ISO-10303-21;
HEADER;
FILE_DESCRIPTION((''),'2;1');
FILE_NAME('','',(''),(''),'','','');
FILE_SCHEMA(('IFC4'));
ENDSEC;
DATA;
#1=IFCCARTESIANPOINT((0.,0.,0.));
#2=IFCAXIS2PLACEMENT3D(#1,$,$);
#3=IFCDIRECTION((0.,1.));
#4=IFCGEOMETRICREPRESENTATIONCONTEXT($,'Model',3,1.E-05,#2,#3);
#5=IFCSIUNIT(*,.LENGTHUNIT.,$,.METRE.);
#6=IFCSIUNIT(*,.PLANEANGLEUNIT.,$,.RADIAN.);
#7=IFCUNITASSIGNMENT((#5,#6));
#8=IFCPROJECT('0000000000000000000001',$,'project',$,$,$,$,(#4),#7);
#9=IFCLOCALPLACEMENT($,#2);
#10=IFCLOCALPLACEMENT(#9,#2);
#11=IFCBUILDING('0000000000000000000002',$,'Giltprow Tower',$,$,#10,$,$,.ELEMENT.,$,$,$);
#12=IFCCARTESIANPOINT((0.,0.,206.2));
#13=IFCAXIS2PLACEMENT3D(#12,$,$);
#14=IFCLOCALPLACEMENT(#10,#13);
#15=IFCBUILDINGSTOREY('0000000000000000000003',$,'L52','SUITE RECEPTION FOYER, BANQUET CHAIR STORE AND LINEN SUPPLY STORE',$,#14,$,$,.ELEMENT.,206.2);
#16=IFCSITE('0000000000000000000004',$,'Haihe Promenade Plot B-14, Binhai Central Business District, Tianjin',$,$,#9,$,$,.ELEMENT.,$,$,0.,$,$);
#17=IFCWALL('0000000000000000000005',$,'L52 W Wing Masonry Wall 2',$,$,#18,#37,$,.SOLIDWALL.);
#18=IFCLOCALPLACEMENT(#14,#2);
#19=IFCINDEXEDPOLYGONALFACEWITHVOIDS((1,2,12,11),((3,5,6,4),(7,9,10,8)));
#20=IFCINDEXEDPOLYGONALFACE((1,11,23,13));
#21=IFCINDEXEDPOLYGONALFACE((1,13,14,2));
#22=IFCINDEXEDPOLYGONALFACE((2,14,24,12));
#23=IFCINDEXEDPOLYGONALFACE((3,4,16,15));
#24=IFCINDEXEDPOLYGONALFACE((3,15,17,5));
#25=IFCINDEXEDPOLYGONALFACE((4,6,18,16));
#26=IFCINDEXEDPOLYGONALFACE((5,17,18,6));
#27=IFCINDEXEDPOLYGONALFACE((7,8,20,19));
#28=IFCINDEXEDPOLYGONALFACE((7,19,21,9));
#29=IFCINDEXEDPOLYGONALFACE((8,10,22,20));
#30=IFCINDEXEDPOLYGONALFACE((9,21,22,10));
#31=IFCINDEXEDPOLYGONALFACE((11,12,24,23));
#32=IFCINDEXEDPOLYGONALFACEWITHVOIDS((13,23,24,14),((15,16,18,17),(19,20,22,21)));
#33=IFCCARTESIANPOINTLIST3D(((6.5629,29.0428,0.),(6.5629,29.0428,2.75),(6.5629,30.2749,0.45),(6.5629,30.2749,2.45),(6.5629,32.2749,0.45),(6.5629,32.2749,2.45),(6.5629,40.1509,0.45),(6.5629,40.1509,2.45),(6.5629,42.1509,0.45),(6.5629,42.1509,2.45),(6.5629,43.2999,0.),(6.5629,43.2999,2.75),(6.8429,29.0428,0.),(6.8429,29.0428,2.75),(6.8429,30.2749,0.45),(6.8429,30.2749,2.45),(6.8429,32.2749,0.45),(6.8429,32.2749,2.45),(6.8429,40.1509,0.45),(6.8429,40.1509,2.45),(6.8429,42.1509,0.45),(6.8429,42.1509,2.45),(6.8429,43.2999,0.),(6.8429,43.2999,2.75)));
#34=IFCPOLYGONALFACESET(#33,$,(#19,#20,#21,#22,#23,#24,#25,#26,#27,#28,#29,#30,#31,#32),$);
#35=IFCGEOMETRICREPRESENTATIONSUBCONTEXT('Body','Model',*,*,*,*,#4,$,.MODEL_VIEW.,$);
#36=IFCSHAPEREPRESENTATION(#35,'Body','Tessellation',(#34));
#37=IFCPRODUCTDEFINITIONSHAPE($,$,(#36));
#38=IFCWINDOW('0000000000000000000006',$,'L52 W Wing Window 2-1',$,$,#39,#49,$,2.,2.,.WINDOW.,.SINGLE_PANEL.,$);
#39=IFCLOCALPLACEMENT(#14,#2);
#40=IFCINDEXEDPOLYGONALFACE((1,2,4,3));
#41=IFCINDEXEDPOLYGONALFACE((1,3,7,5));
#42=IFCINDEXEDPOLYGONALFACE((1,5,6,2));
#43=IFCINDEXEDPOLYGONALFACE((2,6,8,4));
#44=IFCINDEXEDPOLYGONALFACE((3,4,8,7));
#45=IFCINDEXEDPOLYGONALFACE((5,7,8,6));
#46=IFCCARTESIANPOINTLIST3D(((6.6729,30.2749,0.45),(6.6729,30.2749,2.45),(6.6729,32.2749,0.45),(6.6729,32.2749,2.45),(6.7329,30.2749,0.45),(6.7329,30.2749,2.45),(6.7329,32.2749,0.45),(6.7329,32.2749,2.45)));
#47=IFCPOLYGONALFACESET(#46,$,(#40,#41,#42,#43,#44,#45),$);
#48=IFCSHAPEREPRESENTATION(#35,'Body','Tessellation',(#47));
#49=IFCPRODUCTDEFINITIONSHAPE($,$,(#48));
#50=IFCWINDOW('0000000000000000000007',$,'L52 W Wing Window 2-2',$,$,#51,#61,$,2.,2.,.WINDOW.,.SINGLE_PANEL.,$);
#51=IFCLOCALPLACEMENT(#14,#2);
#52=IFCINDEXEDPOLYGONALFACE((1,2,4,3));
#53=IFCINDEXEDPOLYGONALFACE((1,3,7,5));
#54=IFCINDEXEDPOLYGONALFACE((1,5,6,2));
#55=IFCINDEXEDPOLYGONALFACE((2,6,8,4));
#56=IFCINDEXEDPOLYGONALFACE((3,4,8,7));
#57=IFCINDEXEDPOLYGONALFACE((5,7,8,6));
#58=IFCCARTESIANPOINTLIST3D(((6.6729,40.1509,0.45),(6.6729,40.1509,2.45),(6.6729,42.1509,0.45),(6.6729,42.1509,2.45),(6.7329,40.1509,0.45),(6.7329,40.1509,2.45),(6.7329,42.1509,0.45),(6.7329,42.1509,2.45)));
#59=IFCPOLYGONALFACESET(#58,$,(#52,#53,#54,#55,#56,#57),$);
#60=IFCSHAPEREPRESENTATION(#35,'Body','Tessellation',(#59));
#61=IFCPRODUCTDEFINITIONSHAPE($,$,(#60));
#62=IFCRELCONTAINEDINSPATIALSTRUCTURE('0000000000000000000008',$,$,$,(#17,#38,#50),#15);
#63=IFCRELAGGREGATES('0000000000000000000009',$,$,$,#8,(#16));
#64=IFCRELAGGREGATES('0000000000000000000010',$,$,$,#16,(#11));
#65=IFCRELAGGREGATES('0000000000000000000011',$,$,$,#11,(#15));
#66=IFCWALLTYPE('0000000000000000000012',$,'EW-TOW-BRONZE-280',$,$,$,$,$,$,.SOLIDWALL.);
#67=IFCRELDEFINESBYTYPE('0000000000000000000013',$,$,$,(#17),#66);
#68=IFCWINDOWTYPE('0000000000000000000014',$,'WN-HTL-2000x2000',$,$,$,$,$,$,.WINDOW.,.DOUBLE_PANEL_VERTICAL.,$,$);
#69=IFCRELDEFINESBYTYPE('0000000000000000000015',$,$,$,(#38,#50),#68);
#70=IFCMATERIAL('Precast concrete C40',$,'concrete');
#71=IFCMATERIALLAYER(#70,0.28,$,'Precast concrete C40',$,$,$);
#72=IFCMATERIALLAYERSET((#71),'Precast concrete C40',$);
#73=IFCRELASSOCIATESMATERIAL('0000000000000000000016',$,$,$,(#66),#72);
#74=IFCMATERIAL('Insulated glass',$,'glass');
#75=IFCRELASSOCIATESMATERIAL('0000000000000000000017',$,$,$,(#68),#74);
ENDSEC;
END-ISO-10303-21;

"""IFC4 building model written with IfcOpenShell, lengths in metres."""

from ifc_helpers import new_model, si_unit, direction, frame, frame_2d, origin, place, context, subcontext, project, spatial, rectangle, extrude, source, transform, mapped, material, layer, layer_set, type_object, element, fill, save


model = new_model("IFC4")

# Units and contexts
model_context = context("Model", 3, precision=1e-05, world=origin(), true_north=direction((0.0, 1.0)))
body_context = subcontext(model_context, "Body", "Model", "MODEL_VIEW")
ifc_project = project(units=[si_unit("LENGTHUNIT", "METRE"), si_unit("PLANEANGLEUNIT", "RADIAN")], contexts=[model_context])

# Site, building, storey
site_placement = place(None, origin())
site = spatial("IfcSite", under=ifc_project, at=site_placement, Name="Haihe Promenade Plot B-14, Binhai Central Business District, Tianjin", CompositionType="ELEMENT", RefElevation=0.0)
building_placement = place(site_placement, origin())
building = spatial("IfcBuilding", under=site, at=building_placement, Name="Giltprow Tower", CompositionType="ELEMENT")
storey_placement = place(building_placement, frame((0.0, 0.0, 206.2)))
storey = spatial("IfcBuildingStorey", under=building, at=storey_placement, Name="L52", Description="SUITE RECEPTION FOYER, BANQUET CHAIR STORE AND LINEN SUPPLY STORE", CompositionType="ELEMENT", Elevation=206.2)

# Wall, openings, windows
ifc_material_1 = material(Name="Precast concrete C40", Category="concrete")
ifc_layer_1 = layer(ifc_material_1, 0.28, Name="Precast concrete C40")
ifc_layer_set_1 = layer_set([ifc_layer_1], Name="Precast concrete C40")
wall_type_1 = type_object("IfcWallType", Name="EW-TOW-BRONZE-280", PredefinedType="SOLIDWALL", material=ifc_layer_set_1)
wall_1_placement = place(storey_placement, frame((6.7029, 29.043, 0.0), z_axis=(0.0, 0.0, 1.0), x_axis=(0.0, 1.0, 0.0)))
wall_1 = element("IfcWall", 1, at=wall_1_placement, inside=storey, type_object=wall_type_1, Name="L52 W Wing Masonry Wall 2", PredefinedType="SOLIDWALL", context=body_context, shape_type="SweptSolid", body=[
    extrude(rectangle(XDim=14.2571, YDim=0.28, at=frame_2d((7.1284, 0.0))), origin(), (0.0, 0.0, 1.0), 2.75),
])
opening_1_placement = place(wall_1_placement, frame((1.2319, 0.0, 0.45)))
opening_1 = element("IfcOpeningElement", 2, at=opening_1_placement, cuts=wall_1, PredefinedType="OPENING", context=body_context, shape_type="SweptSolid", body=[
    extrude(rectangle(XDim=2.0, YDim=2.0, at=frame_2d((1.0, 1.0))), frame((0.0, 0.1499, 0.0), z_axis=(0.0, -1.0, 0.0), x_axis=(1.0, 0.0, 0.0)), (0.0, 0.0, 1.0), 0.3),
])
opening_2_placement = place(wall_1_placement, frame((11.1079, 0.0, 0.45)))
opening_2 = element("IfcOpeningElement", 3, at=opening_2_placement, cuts=wall_1, PredefinedType="OPENING", context=body_context, shape_type="SweptSolid", body=[
    extrude(rectangle(XDim=2.0, YDim=2.0, at=frame_2d((1.0, 1.0))), frame((0.0, 0.1499, 0.0), z_axis=(0.0, -1.0, 0.0), x_axis=(1.0, 0.0, 0.0)), (0.0, 0.0, 1.0), 0.3),
])
ifc_material_2 = material(Name="Insulated glass", Category="glass")
window_type = type_object("IfcWindowType", Name="WN-HTL-2000x2000", PartitioningType="DOUBLE_PANEL_VERTICAL", PredefinedType="WINDOW", material=ifc_material_2)
shared_shape_1 = source(origin(), body_context, "Body", "SweptSolid", [
    extrude(rectangle(XDim=2.0, YDim=2.0, at=frame_2d((1.0, 1.0))), frame((0.0, 0.03, 0.0), z_axis=(0.0, -1.0, 0.0), x_axis=(1.0, 0.0, 0.0)), (0.0, 0.0, 1.0), 0.0601),
])
window_1_placement = place(opening_1_placement, origin())
window_1 = element("IfcWindow", 4, at=window_1_placement, inside=storey, type_object=window_type, Name="L52 W Wing Window 2-1", OverallHeight=2.0, OverallWidth=2.0, PartitioningType="SINGLE_PANEL", PredefinedType="WINDOW", context=body_context, shape_type="MappedRepresentation", body=[
    mapped(shared_shape_1, transform((0.0, 0.0, 0.0), x_axis=(1.0, 0.0, 0.0), y_axis=(0.0, 1.0, 0.0), z_axis=(0.0, 0.0, 1.0), scale=1.0)),
])
fill(opening_1, window_1)
window_2_placement = place(opening_2_placement, origin())
window_2 = element("IfcWindow", 5, at=window_2_placement, inside=storey, type_object=window_type, Name="L52 W Wing Window 2-2", OverallHeight=2.0, OverallWidth=2.0, PartitioningType="SINGLE_PANEL", PredefinedType="WINDOW", context=body_context, shape_type="MappedRepresentation", body=[
    mapped(shared_shape_1, transform((0.0, 0.0, 0.0), x_axis=(1.0, 0.0, 0.0), y_axis=(0.0, 1.0, 0.0), z_axis=(0.0, 0.0, 1.0), scale=1.0)),
])
fill(opening_2, window_2)

save(model, "model.ifc")
